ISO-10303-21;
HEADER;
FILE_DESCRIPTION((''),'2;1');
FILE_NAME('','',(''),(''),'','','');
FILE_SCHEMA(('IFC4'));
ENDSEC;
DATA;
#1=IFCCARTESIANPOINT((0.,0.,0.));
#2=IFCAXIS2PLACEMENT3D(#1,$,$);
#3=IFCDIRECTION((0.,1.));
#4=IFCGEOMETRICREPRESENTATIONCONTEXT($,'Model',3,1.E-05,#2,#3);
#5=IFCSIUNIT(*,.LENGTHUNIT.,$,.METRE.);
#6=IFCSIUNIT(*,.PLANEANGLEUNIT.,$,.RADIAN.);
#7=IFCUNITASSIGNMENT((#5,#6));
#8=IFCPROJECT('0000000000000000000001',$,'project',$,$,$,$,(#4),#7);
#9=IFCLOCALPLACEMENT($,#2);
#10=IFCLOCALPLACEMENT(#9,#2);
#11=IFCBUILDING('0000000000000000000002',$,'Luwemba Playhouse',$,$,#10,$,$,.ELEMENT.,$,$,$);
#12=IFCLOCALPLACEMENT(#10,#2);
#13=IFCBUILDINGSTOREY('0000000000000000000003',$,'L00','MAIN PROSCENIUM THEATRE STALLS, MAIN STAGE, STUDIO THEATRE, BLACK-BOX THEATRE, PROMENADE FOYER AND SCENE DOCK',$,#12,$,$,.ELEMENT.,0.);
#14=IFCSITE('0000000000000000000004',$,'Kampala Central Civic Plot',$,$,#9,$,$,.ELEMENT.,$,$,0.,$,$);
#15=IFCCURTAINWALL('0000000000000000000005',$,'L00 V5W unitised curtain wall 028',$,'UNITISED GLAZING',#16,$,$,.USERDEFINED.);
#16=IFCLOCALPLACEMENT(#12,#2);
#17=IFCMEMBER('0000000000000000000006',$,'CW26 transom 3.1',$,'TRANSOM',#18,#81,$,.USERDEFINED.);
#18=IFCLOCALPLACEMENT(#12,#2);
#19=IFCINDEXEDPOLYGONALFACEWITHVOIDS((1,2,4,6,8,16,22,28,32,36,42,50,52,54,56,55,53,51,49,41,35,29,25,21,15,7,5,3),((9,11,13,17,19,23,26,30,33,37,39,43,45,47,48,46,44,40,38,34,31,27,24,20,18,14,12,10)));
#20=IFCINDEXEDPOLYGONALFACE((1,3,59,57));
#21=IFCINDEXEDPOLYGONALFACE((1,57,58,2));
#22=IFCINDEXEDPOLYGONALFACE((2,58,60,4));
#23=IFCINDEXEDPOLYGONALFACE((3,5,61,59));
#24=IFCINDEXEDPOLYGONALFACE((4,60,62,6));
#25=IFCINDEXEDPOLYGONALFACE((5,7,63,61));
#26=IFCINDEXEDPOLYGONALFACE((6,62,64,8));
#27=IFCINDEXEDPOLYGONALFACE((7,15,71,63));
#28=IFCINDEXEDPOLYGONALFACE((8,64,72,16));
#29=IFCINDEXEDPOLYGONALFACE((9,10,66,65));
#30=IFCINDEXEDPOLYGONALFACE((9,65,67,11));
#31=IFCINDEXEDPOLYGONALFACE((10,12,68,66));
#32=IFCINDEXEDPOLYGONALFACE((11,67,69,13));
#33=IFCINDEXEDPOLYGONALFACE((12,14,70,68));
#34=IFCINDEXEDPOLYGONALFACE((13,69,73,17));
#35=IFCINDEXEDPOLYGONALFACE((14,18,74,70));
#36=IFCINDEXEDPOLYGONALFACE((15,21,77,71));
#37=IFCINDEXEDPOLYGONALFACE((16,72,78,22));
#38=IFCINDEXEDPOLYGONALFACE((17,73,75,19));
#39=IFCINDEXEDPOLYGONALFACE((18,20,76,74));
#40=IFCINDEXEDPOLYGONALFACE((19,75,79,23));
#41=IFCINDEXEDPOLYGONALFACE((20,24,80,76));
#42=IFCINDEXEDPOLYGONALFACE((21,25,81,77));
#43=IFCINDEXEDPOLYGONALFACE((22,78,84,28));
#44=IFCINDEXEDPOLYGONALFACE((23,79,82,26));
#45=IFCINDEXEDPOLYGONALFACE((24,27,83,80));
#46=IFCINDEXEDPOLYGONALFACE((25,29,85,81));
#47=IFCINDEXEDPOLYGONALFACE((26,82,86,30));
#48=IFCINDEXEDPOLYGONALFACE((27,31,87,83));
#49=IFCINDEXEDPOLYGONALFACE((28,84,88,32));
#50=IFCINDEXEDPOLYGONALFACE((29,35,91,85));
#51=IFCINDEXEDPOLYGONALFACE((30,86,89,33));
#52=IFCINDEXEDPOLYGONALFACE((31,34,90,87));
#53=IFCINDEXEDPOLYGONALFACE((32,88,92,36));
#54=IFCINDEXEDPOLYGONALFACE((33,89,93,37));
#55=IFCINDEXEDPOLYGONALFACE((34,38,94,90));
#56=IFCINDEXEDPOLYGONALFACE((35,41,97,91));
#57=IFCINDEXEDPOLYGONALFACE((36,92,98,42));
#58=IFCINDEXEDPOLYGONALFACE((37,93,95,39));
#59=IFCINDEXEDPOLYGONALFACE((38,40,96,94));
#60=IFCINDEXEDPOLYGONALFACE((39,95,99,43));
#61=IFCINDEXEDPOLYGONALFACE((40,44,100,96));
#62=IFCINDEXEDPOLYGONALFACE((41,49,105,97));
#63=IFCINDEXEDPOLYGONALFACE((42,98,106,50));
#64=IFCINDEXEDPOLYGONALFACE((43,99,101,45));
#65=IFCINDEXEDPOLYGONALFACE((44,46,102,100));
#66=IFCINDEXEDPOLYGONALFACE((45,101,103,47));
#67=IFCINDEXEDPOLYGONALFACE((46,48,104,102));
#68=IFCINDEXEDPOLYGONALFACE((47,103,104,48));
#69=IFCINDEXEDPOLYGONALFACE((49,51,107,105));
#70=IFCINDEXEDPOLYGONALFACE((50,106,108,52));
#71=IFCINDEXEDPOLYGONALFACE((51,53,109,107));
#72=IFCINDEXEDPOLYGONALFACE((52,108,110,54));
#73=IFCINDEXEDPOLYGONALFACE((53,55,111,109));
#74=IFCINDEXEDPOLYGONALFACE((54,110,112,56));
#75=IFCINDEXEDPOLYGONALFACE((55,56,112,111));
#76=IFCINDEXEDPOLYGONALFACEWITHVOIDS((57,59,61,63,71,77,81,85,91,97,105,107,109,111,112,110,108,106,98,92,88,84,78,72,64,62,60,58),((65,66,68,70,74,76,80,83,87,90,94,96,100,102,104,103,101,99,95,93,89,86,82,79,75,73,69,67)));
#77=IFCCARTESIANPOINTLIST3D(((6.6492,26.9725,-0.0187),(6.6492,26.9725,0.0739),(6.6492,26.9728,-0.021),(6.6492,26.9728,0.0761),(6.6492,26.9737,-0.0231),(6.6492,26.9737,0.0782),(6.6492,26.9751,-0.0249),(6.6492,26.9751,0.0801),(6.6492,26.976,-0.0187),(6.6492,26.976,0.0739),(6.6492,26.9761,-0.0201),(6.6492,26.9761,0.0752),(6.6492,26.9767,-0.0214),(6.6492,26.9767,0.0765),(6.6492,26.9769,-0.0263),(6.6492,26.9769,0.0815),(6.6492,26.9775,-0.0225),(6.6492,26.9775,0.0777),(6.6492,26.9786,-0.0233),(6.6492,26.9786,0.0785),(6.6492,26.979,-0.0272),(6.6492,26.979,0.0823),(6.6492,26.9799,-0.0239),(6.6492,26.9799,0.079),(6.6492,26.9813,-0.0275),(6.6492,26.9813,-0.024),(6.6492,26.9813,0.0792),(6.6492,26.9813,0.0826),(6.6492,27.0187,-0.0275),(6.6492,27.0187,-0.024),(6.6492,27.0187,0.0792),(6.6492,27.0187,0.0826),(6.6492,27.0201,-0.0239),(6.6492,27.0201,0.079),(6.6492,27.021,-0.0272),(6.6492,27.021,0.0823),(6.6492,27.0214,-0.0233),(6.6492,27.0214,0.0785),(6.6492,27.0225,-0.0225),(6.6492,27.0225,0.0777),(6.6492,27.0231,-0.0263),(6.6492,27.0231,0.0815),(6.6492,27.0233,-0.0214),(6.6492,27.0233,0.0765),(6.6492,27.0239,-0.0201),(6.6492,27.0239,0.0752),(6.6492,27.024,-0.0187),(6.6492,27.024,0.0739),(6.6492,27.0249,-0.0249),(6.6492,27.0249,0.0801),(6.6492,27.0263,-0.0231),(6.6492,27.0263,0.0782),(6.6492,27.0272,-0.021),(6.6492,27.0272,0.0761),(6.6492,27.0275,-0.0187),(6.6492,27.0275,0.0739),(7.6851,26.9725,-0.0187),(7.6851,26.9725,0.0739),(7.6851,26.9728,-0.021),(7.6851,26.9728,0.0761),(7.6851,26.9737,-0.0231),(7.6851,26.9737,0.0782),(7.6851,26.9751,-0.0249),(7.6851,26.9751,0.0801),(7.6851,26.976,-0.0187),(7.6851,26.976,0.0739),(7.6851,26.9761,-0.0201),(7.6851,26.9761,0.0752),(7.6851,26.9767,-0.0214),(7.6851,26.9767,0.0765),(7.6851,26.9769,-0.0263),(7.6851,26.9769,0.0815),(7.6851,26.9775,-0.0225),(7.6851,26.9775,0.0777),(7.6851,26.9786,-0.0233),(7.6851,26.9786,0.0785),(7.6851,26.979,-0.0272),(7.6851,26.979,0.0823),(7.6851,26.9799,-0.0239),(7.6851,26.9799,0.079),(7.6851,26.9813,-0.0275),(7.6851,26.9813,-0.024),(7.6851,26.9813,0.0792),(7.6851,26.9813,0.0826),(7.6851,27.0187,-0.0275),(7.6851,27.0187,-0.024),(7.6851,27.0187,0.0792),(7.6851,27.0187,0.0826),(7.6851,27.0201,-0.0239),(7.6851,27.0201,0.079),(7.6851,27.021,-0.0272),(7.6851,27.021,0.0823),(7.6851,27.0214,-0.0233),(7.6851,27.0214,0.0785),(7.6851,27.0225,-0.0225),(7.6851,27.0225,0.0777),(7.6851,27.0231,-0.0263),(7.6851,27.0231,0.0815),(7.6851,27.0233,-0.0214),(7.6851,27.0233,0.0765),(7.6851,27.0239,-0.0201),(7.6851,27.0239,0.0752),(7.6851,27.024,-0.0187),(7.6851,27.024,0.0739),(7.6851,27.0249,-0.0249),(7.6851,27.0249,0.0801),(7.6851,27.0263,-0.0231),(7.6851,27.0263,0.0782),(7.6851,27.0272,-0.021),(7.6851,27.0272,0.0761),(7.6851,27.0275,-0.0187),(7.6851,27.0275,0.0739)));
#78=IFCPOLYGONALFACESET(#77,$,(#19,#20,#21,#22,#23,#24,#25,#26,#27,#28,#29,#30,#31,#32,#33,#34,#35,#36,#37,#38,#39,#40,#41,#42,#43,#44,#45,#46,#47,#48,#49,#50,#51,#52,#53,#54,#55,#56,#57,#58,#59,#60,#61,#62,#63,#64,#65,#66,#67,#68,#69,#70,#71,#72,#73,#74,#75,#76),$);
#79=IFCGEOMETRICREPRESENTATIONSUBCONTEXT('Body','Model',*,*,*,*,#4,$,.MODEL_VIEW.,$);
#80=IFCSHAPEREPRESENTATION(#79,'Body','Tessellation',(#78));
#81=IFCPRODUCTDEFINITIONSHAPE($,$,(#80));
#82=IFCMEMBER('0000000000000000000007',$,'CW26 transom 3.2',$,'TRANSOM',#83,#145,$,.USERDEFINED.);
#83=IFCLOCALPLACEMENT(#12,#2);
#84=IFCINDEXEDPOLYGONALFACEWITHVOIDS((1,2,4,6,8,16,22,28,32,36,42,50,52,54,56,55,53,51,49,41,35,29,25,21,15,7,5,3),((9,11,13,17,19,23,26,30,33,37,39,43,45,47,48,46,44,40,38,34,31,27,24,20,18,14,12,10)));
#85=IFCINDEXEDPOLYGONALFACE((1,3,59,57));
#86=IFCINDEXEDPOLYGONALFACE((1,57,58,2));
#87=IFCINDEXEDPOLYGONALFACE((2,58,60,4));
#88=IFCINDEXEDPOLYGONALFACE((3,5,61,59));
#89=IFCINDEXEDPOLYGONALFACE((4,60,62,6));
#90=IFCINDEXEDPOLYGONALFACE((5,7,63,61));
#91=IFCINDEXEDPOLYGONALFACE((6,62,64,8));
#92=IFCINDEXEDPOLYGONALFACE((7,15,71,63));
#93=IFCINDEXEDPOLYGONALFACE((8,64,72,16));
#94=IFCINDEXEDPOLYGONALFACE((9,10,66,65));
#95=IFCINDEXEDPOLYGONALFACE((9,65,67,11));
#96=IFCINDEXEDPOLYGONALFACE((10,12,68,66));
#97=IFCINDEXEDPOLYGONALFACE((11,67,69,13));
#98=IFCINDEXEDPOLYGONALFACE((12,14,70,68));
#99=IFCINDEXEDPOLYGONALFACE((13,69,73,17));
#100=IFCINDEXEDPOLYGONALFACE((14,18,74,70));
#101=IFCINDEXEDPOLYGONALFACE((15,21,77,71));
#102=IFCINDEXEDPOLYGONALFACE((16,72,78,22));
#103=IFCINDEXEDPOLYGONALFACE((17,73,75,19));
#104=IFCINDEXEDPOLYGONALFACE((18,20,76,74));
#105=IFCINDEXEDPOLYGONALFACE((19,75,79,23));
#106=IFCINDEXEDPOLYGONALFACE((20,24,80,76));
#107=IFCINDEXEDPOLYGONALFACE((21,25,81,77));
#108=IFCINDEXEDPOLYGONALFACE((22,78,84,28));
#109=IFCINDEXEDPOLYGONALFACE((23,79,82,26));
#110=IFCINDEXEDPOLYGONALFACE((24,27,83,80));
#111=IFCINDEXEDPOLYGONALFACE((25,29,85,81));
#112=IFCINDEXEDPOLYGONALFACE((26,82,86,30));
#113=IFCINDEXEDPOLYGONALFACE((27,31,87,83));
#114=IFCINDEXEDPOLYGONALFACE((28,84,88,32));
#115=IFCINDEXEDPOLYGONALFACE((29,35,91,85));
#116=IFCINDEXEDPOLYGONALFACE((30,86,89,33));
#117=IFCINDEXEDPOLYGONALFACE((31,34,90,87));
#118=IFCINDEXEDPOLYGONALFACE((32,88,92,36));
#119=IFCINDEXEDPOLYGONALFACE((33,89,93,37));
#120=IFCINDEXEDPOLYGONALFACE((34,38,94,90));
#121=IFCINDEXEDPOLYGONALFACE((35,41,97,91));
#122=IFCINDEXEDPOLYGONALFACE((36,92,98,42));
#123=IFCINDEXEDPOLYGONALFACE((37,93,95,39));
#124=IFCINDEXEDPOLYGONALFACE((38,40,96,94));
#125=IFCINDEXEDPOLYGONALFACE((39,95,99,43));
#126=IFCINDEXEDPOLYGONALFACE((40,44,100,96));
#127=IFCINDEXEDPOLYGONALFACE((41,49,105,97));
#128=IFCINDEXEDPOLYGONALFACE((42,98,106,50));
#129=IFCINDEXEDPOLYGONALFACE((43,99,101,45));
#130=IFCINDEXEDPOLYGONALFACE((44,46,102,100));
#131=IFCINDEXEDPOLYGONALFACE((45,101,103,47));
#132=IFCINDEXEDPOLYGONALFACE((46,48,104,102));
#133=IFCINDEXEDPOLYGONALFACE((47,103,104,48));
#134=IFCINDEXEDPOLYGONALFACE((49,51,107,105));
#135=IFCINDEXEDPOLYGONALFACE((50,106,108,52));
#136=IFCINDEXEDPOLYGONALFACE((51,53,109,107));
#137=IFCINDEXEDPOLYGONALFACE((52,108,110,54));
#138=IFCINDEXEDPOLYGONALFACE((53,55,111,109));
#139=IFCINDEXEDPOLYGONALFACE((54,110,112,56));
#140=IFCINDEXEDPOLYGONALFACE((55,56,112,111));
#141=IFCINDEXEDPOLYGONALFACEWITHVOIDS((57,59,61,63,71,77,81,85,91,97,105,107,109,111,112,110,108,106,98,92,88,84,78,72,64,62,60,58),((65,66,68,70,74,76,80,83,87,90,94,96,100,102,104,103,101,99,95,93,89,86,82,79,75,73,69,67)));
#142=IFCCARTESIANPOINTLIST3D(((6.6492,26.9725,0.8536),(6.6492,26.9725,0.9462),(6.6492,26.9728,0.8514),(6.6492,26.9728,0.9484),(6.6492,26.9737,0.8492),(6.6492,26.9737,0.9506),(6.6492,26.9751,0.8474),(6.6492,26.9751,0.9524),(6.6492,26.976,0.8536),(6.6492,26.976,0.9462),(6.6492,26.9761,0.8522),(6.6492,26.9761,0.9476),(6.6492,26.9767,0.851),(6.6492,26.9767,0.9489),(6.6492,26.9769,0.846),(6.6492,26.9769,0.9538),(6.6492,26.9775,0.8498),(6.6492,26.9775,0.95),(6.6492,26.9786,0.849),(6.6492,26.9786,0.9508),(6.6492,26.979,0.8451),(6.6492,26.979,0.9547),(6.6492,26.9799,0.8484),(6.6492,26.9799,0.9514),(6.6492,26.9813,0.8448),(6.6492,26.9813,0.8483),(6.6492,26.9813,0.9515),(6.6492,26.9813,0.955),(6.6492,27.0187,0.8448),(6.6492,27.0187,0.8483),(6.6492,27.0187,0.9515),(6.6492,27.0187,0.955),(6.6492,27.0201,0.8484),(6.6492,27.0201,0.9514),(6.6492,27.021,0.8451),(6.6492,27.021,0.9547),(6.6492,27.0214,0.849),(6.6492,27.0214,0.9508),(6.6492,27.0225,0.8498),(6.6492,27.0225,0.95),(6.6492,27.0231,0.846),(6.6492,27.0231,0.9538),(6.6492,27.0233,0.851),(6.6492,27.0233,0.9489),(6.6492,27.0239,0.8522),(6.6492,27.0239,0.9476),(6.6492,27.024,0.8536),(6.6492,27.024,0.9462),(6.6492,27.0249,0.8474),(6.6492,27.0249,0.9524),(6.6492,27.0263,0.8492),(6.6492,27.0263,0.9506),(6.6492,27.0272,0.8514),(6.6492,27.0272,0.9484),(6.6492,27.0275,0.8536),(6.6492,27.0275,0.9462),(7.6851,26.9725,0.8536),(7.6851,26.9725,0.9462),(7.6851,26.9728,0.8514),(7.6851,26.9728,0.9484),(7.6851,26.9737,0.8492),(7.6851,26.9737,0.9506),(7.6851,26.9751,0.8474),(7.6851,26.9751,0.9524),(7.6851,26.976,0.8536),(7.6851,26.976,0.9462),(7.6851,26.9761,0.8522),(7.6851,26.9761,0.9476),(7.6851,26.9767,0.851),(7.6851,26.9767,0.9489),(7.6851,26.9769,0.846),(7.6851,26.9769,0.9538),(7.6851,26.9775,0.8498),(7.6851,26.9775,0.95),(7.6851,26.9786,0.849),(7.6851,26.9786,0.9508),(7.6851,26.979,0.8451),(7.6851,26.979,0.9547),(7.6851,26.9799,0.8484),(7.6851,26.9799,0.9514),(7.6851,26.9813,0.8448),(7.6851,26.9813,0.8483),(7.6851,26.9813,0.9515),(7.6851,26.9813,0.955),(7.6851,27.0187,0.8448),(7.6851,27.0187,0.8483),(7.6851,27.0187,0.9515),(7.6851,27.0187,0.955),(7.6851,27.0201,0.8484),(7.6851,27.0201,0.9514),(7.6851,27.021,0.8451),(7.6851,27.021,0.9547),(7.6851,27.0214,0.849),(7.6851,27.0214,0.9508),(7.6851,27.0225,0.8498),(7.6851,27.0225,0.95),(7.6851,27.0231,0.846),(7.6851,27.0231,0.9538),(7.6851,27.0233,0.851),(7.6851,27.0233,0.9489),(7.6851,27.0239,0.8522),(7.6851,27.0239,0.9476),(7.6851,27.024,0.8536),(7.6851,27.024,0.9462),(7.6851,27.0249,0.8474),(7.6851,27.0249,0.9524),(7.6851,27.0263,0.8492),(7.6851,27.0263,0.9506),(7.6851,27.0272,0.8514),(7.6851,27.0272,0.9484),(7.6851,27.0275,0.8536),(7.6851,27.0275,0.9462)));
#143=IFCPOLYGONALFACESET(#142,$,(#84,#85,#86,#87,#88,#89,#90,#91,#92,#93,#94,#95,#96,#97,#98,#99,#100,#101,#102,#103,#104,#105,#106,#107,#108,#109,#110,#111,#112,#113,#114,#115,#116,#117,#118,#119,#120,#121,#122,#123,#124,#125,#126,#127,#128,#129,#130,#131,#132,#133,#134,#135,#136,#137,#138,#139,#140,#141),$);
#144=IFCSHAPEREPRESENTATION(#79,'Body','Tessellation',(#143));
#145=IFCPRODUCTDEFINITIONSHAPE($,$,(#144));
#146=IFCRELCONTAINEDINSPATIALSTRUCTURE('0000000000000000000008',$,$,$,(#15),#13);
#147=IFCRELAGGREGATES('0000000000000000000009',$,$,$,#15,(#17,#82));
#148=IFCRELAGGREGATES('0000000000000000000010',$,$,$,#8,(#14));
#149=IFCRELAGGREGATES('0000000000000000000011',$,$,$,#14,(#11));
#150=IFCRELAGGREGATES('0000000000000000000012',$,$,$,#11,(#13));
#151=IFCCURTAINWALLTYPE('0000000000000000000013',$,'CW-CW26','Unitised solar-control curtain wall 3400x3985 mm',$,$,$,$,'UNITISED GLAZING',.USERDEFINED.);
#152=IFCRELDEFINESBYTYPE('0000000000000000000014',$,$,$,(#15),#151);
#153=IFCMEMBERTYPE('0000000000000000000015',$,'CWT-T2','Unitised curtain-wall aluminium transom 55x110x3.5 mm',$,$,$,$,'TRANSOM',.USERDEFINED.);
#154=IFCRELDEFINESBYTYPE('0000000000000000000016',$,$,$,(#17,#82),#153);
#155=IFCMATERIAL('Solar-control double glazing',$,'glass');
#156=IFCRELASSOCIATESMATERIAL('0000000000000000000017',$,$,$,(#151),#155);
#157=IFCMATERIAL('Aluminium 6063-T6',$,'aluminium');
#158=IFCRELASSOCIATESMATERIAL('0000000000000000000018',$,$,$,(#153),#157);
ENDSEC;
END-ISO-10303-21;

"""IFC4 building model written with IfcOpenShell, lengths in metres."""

from ifc_helpers import new_model, si_unit, direction, frame, origin, origin_2d, place, context, subcontext, project, spatial, hollow_rectangle, extrude, material, material_profile, profile_set, type_object, element, aggregate, save


model = new_model("IFC4")

# Units and contexts
model_context = context("Model", 3, precision=1e-05, world=origin(), true_north=direction((0.0, 1.0)))
body_context = subcontext(model_context, "Body", "Model", "MODEL_VIEW")
ifc_project = project(units=[si_unit("LENGTHUNIT", "METRE"), si_unit("PLANEANGLEUNIT", "RADIAN")], contexts=[model_context])

# Site, building, storey
site_placement = place(None, origin())
site = spatial("IfcSite", under=ifc_project, at=site_placement, Name="Kampala Central Civic Plot", CompositionType="ELEMENT", RefElevation=0.0)
building_placement = place(site_placement, origin())
building = spatial("IfcBuilding", under=site, at=building_placement, Name="Luwemba Playhouse", CompositionType="ELEMENT")
storey_placement = place(building_placement, origin())
storey = spatial("IfcBuildingStorey", under=building, at=storey_placement, Name="L00", Description="MAIN PROSCENIUM THEATRE STALLS, MAIN STAGE, STUDIO THEATRE, BLACK-BOX THEATRE, PROMENADE FOYER AND SCENE DOCK", CompositionType="ELEMENT", Elevation=0.0)

# Curtain wall
ifc_material_1 = material(Name="Solar-control double glazing", Category="glass")
curtain_wall_type_1 = type_object("IfcCurtainWallType", Name="CW-CW26", Description="Unitised solar-control curtain wall 3400x3985 mm", ElementType="UNITISED GLAZING", PredefinedType="USERDEFINED", material=ifc_material_1)
curtain_wall_1_placement = place(storey_placement, origin())
curtain_wall_1 = element("IfcCurtainWall", 1, at=curtain_wall_1_placement, inside=storey, type_object=curtain_wall_type_1, Name="L00 V5W unitised curtain wall 028", ObjectType="UNITISED GLAZING", PredefinedType="USERDEFINED")
ifc_material_2 = material(Name="Aluminium 6063-T6", Category="aluminium")

# Members
ifc_material_profile_1 = material_profile(ifc_material_2, hollow_rectangle(XDim=0.0549, YDim=0.1101, WallThickness=0.0034, InnerFilletRadius=0.0054, OuterFilletRadius=0.0088, at=origin_2d()))
ifc_profile_set_1 = profile_set([ifc_material_profile_1], Name="Aluminium 6063-T6")
member_type_1 = type_object("IfcMemberType", Name="CWT-T2", Description="Unitised curtain-wall aluminium transom 55x110x3.5 mm", ElementType="TRANSOM", PredefinedType="USERDEFINED", material=ifc_profile_set_1)
member_1_placement = place(storey_placement, frame((6.6492, 27.0, 0.0276), z_axis=(1.0, 0.0, 0.0), x_axis=(0.0, 1.0, 0.0)))
member_1 = element("IfcMember", 2, at=member_1_placement, type_object=member_type_1, Name="CW26 transom 3.1", ObjectType="TRANSOM", PredefinedType="USERDEFINED", context=body_context, shape_type="SweptSolid", body=[
    extrude(hollow_rectangle(XDim=0.0549, YDim=0.1101, WallThickness=0.0034, InnerFilletRadius=0.0054, OuterFilletRadius=0.0088, at=origin_2d()), origin(), (0.0, 0.0, 1.0), 1.0359),
])
member_2_placement = place(storey_placement, frame((6.6492, 27.0, 0.8999), z_axis=(1.0, 0.0, 0.0), x_axis=(0.0, 1.0, 0.0)))
member_2 = element("IfcMember", 3, at=member_2_placement, type_object=member_type_1, Name="CW26 transom 3.2", ObjectType="TRANSOM", PredefinedType="USERDEFINED", context=body_context, shape_type="SweptSolid", body=[
    extrude(hollow_rectangle(XDim=0.0549, YDim=0.1101, WallThickness=0.0034, InnerFilletRadius=0.0054, OuterFilletRadius=0.0088, at=origin_2d()), origin(), (0.0, 0.0, 1.0), 1.0359),
])

aggregate(curtain_wall_1, [member_1, member_2])

save(model, "model.ifc")
